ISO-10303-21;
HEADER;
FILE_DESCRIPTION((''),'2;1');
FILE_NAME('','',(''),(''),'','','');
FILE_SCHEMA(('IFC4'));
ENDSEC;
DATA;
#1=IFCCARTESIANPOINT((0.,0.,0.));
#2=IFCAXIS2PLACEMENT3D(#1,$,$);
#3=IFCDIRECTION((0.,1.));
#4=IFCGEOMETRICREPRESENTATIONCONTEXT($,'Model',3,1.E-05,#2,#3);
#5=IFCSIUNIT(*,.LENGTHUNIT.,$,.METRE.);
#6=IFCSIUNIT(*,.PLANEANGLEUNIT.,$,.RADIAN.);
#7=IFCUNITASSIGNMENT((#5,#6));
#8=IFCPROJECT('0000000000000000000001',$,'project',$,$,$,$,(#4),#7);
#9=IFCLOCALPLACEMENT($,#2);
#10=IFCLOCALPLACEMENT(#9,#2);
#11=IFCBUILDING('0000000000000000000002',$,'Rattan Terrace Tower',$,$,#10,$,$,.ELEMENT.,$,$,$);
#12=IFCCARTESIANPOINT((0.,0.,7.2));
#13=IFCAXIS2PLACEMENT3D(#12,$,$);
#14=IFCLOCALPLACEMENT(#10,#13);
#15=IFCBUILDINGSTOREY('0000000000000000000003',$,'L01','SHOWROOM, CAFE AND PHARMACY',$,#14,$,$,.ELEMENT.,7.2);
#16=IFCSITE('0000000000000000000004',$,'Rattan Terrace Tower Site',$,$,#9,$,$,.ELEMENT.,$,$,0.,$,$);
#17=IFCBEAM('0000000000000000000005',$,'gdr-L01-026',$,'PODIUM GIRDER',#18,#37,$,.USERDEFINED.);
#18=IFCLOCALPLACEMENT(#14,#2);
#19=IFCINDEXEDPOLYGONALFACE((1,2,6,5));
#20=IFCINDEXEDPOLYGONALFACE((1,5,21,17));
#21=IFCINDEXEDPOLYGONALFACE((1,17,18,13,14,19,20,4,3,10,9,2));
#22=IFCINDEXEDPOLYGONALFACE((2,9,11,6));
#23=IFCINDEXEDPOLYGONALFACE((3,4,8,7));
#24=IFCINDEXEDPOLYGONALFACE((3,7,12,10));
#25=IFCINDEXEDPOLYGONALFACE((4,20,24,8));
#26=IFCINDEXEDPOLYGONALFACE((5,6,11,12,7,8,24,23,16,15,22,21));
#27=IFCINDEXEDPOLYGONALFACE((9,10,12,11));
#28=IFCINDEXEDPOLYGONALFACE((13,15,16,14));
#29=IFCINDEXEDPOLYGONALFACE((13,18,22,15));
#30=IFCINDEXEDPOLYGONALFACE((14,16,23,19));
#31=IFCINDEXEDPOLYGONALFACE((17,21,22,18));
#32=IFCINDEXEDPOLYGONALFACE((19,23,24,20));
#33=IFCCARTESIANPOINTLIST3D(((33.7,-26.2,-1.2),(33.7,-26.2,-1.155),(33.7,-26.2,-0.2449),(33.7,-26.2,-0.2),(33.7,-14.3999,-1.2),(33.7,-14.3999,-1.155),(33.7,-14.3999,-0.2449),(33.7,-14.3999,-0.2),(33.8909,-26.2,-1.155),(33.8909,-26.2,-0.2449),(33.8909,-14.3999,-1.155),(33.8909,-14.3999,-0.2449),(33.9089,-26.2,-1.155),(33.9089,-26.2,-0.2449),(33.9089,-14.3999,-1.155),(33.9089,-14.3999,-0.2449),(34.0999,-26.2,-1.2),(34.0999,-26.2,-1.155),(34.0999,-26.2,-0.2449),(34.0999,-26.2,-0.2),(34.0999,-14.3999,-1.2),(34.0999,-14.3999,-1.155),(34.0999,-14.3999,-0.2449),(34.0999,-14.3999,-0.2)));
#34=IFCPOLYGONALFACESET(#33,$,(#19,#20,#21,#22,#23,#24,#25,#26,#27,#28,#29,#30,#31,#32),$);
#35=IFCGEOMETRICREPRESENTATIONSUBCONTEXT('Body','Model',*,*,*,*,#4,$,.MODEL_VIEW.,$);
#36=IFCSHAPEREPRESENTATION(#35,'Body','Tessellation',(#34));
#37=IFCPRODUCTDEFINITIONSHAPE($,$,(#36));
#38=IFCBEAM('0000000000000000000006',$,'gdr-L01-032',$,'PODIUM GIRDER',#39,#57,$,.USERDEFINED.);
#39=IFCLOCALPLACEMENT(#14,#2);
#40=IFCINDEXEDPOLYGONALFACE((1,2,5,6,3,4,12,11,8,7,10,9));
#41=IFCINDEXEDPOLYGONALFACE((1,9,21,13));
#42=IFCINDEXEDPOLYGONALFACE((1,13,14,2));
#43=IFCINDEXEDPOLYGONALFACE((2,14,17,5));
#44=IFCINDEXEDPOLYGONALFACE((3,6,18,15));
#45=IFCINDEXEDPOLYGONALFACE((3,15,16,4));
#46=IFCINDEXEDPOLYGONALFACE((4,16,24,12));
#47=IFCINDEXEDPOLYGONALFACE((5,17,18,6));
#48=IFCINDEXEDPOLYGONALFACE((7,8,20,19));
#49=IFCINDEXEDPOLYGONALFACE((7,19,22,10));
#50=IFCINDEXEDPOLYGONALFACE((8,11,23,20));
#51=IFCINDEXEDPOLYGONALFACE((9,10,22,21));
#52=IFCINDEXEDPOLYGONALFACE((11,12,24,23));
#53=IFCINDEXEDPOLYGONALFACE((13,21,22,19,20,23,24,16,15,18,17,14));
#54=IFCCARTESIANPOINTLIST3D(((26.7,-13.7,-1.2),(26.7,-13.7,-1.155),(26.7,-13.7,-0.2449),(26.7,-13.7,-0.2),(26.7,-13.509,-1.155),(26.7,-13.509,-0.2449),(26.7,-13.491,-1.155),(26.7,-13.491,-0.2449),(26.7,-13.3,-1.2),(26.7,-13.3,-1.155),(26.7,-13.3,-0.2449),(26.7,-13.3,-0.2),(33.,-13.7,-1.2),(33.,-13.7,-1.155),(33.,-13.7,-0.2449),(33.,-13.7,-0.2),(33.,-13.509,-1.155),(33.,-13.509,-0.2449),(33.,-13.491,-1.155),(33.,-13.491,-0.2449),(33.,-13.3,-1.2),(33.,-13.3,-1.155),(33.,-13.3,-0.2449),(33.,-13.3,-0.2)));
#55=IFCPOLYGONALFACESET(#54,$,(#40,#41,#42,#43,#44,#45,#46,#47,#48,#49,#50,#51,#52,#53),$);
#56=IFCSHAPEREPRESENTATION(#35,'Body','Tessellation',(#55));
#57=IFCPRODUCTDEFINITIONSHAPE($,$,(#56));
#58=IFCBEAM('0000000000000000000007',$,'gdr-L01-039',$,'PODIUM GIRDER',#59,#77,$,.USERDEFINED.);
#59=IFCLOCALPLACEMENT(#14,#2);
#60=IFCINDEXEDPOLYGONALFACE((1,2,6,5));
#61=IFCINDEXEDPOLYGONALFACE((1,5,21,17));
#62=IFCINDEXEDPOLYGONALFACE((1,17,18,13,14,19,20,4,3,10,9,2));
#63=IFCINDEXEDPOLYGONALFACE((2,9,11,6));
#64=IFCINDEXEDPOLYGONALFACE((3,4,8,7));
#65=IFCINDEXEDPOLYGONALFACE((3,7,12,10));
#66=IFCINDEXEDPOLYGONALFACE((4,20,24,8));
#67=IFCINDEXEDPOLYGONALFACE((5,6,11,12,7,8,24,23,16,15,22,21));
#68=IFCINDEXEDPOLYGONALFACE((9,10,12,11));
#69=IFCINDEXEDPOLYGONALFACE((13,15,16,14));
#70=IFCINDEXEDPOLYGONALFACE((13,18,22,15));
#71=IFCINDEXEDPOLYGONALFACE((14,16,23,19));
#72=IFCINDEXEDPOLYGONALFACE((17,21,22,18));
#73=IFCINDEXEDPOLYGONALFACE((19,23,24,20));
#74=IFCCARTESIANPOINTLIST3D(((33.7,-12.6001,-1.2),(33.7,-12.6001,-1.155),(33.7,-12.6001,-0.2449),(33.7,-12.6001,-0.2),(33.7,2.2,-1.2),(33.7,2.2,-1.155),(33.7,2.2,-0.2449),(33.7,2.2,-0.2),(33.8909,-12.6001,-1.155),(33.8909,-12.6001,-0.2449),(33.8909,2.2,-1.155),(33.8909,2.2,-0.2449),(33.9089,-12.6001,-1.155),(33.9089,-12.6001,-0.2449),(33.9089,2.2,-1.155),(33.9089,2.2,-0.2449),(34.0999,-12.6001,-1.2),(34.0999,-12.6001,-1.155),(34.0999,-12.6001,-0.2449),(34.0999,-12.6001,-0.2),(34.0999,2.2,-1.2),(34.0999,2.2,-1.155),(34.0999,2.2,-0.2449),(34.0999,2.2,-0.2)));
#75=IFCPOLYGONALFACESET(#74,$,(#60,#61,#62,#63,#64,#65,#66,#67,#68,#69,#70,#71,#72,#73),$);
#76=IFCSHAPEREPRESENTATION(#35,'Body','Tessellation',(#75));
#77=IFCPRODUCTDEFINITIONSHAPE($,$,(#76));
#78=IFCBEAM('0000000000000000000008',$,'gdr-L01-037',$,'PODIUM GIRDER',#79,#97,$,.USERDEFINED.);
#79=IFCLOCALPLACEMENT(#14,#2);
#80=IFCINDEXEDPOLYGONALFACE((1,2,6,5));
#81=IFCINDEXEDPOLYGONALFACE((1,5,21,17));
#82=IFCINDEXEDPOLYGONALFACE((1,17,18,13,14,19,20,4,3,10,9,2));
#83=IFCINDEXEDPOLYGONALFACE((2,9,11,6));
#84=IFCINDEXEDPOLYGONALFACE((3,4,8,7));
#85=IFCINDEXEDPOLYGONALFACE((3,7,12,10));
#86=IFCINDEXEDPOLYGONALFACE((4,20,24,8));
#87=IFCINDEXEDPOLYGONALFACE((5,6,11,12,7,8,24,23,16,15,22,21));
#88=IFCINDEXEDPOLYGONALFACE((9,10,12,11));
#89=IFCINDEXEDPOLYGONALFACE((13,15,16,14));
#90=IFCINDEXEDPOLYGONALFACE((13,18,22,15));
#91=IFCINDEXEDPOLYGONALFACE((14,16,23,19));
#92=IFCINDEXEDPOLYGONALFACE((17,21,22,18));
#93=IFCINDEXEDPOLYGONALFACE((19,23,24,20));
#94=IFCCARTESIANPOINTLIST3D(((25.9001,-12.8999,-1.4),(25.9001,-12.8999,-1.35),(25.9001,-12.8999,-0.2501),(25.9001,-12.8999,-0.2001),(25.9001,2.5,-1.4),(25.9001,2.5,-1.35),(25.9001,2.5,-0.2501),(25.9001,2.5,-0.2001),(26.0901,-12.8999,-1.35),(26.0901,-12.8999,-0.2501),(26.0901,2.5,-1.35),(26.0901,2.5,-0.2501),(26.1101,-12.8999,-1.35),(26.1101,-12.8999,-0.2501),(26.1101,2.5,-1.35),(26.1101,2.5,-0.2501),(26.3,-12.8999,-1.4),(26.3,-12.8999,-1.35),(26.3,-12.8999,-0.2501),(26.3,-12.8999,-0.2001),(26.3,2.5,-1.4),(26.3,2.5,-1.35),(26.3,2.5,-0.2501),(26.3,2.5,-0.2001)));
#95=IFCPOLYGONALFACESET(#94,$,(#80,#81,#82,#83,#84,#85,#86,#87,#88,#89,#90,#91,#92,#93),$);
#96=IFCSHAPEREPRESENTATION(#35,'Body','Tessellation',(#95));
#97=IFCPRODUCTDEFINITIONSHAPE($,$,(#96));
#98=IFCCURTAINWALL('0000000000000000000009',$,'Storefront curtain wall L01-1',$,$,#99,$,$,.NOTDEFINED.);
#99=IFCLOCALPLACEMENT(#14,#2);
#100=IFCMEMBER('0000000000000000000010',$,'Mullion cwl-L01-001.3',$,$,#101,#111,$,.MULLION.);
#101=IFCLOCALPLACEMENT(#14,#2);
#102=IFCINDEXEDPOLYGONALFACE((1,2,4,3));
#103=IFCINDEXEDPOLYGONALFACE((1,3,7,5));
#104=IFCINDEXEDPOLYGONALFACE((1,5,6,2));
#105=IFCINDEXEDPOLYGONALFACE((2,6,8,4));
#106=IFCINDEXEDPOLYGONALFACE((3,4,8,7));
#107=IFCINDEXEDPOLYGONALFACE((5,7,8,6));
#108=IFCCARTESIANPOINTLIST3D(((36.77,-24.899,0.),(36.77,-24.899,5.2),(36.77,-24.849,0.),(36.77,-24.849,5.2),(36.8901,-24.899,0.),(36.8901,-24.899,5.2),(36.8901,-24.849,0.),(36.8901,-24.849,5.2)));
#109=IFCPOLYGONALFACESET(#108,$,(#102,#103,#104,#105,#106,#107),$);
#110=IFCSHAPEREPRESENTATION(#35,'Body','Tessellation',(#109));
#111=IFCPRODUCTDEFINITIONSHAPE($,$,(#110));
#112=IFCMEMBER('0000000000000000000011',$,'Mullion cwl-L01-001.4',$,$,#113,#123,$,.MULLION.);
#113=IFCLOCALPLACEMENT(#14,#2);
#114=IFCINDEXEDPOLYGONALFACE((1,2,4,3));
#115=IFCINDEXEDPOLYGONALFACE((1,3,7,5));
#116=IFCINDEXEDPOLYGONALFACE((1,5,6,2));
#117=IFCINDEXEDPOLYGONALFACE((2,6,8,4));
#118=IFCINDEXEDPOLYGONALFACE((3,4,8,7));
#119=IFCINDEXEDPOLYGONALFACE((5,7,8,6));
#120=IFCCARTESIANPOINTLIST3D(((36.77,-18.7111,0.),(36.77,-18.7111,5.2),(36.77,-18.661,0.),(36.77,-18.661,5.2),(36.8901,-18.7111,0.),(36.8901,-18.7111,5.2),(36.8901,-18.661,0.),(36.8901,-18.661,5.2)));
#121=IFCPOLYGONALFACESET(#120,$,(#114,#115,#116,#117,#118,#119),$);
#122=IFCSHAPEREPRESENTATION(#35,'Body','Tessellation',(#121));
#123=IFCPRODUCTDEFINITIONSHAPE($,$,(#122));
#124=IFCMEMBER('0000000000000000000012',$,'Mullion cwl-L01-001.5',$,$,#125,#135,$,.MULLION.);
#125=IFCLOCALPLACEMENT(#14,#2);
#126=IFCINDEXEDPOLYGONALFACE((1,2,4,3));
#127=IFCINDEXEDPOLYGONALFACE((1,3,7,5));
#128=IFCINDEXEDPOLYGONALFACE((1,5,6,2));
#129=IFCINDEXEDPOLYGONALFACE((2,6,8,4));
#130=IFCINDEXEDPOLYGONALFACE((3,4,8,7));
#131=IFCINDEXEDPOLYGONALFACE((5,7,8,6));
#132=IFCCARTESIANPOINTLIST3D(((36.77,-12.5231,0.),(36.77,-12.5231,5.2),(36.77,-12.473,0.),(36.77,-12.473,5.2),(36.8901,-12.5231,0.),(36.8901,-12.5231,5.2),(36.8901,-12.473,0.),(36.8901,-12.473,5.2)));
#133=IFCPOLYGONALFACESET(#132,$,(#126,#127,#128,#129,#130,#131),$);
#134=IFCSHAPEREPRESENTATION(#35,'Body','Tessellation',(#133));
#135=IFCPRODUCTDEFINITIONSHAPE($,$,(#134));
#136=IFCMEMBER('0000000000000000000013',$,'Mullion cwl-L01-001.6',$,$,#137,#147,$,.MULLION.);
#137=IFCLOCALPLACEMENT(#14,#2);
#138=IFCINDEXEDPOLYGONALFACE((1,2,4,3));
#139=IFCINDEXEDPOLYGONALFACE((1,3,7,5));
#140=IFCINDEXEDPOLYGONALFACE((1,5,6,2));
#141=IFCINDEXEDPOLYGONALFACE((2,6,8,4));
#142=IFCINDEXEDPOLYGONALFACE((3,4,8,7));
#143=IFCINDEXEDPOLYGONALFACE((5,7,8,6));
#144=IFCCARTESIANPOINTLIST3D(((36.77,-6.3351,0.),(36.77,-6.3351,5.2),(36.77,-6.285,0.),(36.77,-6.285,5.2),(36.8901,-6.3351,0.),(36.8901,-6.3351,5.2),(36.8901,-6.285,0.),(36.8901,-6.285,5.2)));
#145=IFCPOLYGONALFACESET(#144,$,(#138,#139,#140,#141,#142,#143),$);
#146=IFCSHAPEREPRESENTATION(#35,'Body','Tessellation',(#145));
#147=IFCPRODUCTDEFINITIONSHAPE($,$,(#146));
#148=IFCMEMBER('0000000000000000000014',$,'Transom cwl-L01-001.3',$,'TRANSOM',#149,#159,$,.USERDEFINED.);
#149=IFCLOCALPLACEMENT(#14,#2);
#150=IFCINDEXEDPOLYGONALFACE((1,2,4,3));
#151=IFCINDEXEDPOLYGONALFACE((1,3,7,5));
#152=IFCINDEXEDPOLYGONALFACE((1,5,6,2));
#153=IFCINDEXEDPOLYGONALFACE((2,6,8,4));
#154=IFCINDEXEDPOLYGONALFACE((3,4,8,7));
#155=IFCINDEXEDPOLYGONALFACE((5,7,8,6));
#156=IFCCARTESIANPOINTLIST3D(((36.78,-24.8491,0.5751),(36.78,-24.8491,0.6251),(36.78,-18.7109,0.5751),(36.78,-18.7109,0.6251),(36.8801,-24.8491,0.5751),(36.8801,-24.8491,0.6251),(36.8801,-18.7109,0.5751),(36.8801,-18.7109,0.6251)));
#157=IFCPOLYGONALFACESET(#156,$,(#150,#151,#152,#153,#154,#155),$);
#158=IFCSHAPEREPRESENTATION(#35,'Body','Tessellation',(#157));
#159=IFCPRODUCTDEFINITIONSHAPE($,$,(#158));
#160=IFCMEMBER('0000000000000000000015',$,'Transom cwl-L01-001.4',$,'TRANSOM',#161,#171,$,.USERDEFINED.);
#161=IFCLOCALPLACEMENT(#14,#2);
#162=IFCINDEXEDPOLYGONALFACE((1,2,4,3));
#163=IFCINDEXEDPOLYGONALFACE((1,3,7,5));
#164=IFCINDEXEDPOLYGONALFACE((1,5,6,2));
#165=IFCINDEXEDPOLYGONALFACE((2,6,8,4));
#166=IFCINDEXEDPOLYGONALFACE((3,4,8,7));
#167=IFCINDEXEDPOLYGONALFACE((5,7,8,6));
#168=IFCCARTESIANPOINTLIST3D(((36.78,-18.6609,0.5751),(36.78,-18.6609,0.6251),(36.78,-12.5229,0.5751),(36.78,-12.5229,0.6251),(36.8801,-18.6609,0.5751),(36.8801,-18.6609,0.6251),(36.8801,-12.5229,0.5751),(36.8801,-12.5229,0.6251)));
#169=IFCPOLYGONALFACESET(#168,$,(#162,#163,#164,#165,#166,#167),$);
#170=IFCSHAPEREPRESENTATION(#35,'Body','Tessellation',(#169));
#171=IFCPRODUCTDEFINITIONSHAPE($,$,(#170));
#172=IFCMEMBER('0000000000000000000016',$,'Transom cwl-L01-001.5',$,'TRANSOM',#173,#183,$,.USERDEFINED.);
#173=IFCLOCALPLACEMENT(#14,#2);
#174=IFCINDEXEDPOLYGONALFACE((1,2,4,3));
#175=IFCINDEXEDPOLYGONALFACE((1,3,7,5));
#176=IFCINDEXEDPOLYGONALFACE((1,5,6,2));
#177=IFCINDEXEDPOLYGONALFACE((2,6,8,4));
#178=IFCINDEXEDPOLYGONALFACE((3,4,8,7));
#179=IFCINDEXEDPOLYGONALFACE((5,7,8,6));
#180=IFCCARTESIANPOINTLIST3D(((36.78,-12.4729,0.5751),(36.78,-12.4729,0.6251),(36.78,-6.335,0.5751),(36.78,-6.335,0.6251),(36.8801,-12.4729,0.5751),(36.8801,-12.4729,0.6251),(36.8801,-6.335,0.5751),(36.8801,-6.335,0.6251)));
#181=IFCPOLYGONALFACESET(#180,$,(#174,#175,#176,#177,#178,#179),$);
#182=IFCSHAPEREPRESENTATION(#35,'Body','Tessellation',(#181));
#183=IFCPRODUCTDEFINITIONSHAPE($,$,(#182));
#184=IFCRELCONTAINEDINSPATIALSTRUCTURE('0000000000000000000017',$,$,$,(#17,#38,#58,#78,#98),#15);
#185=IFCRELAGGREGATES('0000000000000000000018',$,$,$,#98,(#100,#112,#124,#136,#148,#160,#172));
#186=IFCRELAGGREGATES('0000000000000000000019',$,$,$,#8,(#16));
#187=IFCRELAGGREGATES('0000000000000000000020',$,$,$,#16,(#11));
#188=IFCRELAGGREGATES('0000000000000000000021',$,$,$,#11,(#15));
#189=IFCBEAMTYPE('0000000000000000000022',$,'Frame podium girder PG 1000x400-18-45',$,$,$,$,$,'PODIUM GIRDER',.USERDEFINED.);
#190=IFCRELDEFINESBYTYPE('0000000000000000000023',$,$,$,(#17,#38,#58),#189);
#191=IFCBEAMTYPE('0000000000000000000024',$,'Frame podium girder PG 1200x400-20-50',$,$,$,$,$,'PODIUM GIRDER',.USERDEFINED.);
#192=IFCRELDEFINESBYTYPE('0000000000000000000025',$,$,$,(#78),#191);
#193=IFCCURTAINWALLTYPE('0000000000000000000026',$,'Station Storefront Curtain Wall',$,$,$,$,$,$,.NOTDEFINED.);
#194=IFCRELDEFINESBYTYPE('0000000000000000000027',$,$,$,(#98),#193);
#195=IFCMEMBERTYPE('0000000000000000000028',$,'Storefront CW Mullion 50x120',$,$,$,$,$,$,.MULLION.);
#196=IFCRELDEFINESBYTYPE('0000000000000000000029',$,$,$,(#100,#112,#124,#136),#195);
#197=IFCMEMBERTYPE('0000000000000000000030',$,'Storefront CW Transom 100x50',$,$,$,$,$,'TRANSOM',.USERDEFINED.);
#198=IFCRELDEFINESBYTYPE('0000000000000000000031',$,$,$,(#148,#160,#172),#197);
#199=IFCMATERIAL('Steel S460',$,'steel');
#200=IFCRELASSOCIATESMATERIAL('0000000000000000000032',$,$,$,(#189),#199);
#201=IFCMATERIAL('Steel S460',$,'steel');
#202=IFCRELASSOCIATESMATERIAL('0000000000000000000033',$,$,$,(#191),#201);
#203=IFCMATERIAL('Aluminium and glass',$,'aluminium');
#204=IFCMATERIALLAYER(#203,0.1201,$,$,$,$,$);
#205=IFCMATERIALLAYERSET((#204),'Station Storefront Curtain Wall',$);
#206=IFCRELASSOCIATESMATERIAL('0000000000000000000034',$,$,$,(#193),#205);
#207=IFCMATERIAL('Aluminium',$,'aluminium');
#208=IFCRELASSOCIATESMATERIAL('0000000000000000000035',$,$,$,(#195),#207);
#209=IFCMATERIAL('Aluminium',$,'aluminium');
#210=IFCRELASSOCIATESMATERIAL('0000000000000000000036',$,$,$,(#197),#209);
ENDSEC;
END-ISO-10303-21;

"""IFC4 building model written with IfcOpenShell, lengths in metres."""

from ifc_helpers import new_model, si_unit, direction, frame, origin, origin_2d, place, context, subcontext, project, spatial, rectangle, i_section, extrude, material, layer, layer_set, material_profile, profile_set, type_object, element, aggregate, save


model = new_model("IFC4")

# Units and contexts
model_context = context("Model", 3, precision=1e-05, world=origin(), true_north=direction((0.0, 1.0)))
body_context = subcontext(model_context, "Body", "Model", "MODEL_VIEW")
ifc_project = project(units=[si_unit("LENGTHUNIT", "METRE"), si_unit("PLANEANGLEUNIT", "RADIAN")], contexts=[model_context])

# Site, building, storey
site_placement = place(None, origin())
site = spatial("IfcSite", under=ifc_project, at=site_placement, Name="Rattan Terrace Tower Site", CompositionType="ELEMENT", RefElevation=0.0)
building_placement = place(site_placement, origin())
building = spatial("IfcBuilding", under=site, at=building_placement, Name="Rattan Terrace Tower", CompositionType="ELEMENT")
storey_placement = place(building_placement, frame((0.0, 0.0, 7.2)))
storey = spatial("IfcBuildingStorey", under=building, at=storey_placement, Name="L01", Description="SHOWROOM, CAFE AND PHARMACY", CompositionType="ELEMENT", Elevation=7.2)

# Beams
ifc_material_1 = material(Name="Steel S460", Category="steel")
ifc_material_profile_1 = material_profile(ifc_material_1, i_section(OverallWidth=0.3999, OverallDepth=1.0, WebThickness=0.0181, FlangeThickness=0.0449, at=origin_2d()), Name="PG 1000x400-18-45")
ifc_profile_set_1 = profile_set([ifc_material_profile_1], Name="Steel S460")
beam_type_1 = type_object("IfcBeamType", Name="Frame podium girder PG 1000x400-18-45", ElementType="PODIUM GIRDER", PredefinedType="USERDEFINED", material=ifc_profile_set_1)
beam_1_placement = place(storey_placement, frame((33.8999, -26.2, -0.7), z_axis=(0.0, 1.0, 0.0), x_axis=(-1.0, 0.0, 0.0)))
element("IfcBeam", 1, at=beam_1_placement, inside=storey, type_object=beam_type_1, Name="gdr-L01-026", ObjectType="PODIUM GIRDER", PredefinedType="USERDEFINED", context=body_context, shape_type="SweptSolid", body=[
    extrude(i_section(OverallWidth=0.3999, OverallDepth=1.0, WebThickness=0.0181, FlangeThickness=0.0449, at=origin_2d()), origin(), (0.0, 0.0, 1.0), 11.8),
])
beam_2_placement = place(storey_placement, frame((26.7, -13.5, -0.7), z_axis=(1.0, 0.0, 0.0), x_axis=(0.0, 1.0, 0.0)))
element("IfcBeam", 2, at=beam_2_placement, inside=storey, type_object=beam_type_1, Name="gdr-L01-032", ObjectType="PODIUM GIRDER", PredefinedType="USERDEFINED", context=body_context, shape_type="SweptSolid", body=[
    extrude(i_section(OverallWidth=0.3999, OverallDepth=1.0, WebThickness=0.0181, FlangeThickness=0.0449, at=origin_2d()), origin(), (0.0, 0.0, 1.0), 6.3),
])
beam_3_placement = place(storey_placement, frame((33.8999, -12.6001, -0.7), z_axis=(0.0, 1.0, 0.0), x_axis=(-1.0, 0.0, 0.0)))
element("IfcBeam", 3, at=beam_3_placement, inside=storey, type_object=beam_type_1, Name="gdr-L01-039", ObjectType="PODIUM GIRDER", PredefinedType="USERDEFINED", context=body_context, shape_type="SweptSolid", body=[
    extrude(i_section(OverallWidth=0.3999, OverallDepth=1.0, WebThickness=0.0181, FlangeThickness=0.0449, at=origin_2d()), origin(), (0.0, 0.0, 1.0), 14.8),
])
ifc_material_2 = material(Name="Steel S460", Category="steel")
ifc_material_profile_2 = material_profile(ifc_material_2, i_section(OverallWidth=0.3999, OverallDepth=1.2, WebThickness=0.02, FlangeThickness=0.05, at=origin_2d()), Name="PG 1200x400-20-50")
ifc_profile_set_2 = profile_set([ifc_material_profile_2], Name="Steel S460")
beam_type_2 = type_object("IfcBeamType", Name="Frame podium girder PG 1200x400-20-50", ElementType="PODIUM GIRDER", PredefinedType="USERDEFINED", material=ifc_profile_set_2)
beam_4_placement = place(storey_placement, frame((26.1001, -12.8999, -0.8), z_axis=(0.0, 1.0, 0.0), x_axis=(-1.0, 0.0, 0.0)))
element("IfcBeam", 4, at=beam_4_placement, inside=storey, type_object=beam_type_2, Name="gdr-L01-037", ObjectType="PODIUM GIRDER", PredefinedType="USERDEFINED", context=body_context, shape_type="SweptSolid", body=[
    extrude(i_section(OverallWidth=0.3999, OverallDepth=1.2, WebThickness=0.02, FlangeThickness=0.05, at=origin_2d()), origin(), (0.0, 0.0, 1.0), 15.3999),
])

# Curtain wall, members
ifc_material_3 = material(Name="Aluminium and glass", Category="aluminium")
ifc_layer_1 = layer(ifc_material_3, 0.1201)
ifc_layer_set_1 = layer_set([ifc_layer_1], Name="Station Storefront Curtain Wall")
curtain_wall_type = type_object("IfcCurtainWallType", Name="Station Storefront Curtain Wall", PredefinedType="NOTDEFINED", material=ifc_layer_set_1)
curtain_wall_placement = place(storey_placement, origin())
curtain_wall = element("IfcCurtainWall", 5, at=curtain_wall_placement, inside=storey, type_object=curtain_wall_type, Name="Storefront curtain wall L01-1", PredefinedType="NOTDEFINED")
ifc_material_4 = material(Name="Aluminium", Category="aluminium")
ifc_material_profile_3 = material_profile(ifc_material_4, rectangle(XDim=0.05, YDim=0.1201, at=origin_2d()), Name="Aluminium 50x120")
ifc_profile_set_3 = profile_set([ifc_material_profile_3], Name="Aluminium")
member_type_1 = type_object("IfcMemberType", Name="Storefront CW Mullion 50x120", PredefinedType="MULLION", material=ifc_profile_set_3)
member_1_placement = place(storey_placement, frame((36.8301, -24.874, 0.0), z_axis=(0.0, 0.0, 1.0), x_axis=(0.0, 1.0, 0.0)))
member_1 = element("IfcMember", 6, at=member_1_placement, type_object=member_type_1, Name="Mullion cwl-L01-001.3", PredefinedType="MULLION", context=body_context, shape_type="SweptSolid", body=[
    extrude(rectangle(XDim=0.05, YDim=0.1201, at=origin_2d()), origin(), (0.0, 0.0, 1.0), 5.2),
])
member_2_placement = place(storey_placement, frame((36.8301, -18.686, 0.0), z_axis=(0.0, 0.0, 1.0), x_axis=(0.0, 1.0, 0.0)))
member_2 = element("IfcMember", 7, at=member_2_placement, type_object=member_type_1, Name="Mullion cwl-L01-001.4", PredefinedType="MULLION", context=body_context, shape_type="SweptSolid", body=[
    extrude(rectangle(XDim=0.05, YDim=0.1201, at=origin_2d()), origin(), (0.0, 0.0, 1.0), 5.2),
])
member_3_placement = place(storey_placement, frame((36.8301, -12.498, 0.0), z_axis=(0.0, 0.0, 1.0), x_axis=(0.0, 1.0, 0.0)))
member_3 = element("IfcMember", 8, at=member_3_placement, type_object=member_type_1, Name="Mullion cwl-L01-001.5", PredefinedType="MULLION", context=body_context, shape_type="SweptSolid", body=[
    extrude(rectangle(XDim=0.05, YDim=0.1201, at=origin_2d()), origin(), (0.0, 0.0, 1.0), 5.2),
])
member_4_placement = place(storey_placement, frame((36.8301, -6.3101, 0.0), z_axis=(0.0, 0.0, 1.0), x_axis=(0.0, 1.0, 0.0)))
member_4 = element("IfcMember", 9, at=member_4_placement, type_object=member_type_1, Name="Mullion cwl-L01-001.6", PredefinedType="MULLION", context=body_context, shape_type="SweptSolid", body=[
    extrude(rectangle(XDim=0.05, YDim=0.1201, at=origin_2d()), origin(), (0.0, 0.0, 1.0), 5.2),
])
ifc_material_5 = material(Name="Aluminium", Category="aluminium")
ifc_material_profile_4 = material_profile(ifc_material_5, rectangle(XDim=0.1001, YDim=0.05, at=origin_2d()), Name="Aluminium 100x50")
ifc_profile_set_4 = profile_set([ifc_material_profile_4], Name="Aluminium")
member_type_2 = type_object("IfcMemberType", Name="Storefront CW Transom 100x50", ElementType="TRANSOM", PredefinedType="USERDEFINED", material=ifc_profile_set_4)
member_5_placement = place(storey_placement, frame((36.8301, -24.8491, 0.6001), z_axis=(0.0, 1.0, 0.0), x_axis=(-1.0, 0.0, 0.0)))
member_5 = element("IfcMember", 10, at=member_5_placement, type_object=member_type_2, Name="Transom cwl-L01-001.3", ObjectType="TRANSOM", PredefinedType="USERDEFINED", context=body_context, shape_type="SweptSolid", body=[
    extrude(rectangle(XDim=0.1001, YDim=0.05, at=origin_2d()), origin(), (0.0, 0.0, 1.0), 6.1382),
])
member_6_placement = place(storey_placement, frame((36.8301, -18.6609, 0.6001), z_axis=(0.0, 1.0, 0.0), x_axis=(-1.0, 0.0, 0.0)))
member_6 = element("IfcMember", 11, at=member_6_placement, type_object=member_type_2, Name="Transom cwl-L01-001.4", ObjectType="TRANSOM", PredefinedType="USERDEFINED", context=body_context, shape_type="SweptSolid", body=[
    extrude(rectangle(XDim=0.1001, YDim=0.05, at=origin_2d()), origin(), (0.0, 0.0, 1.0), 6.1379),
])
member_7_placement = place(storey_placement, frame((36.8301, -12.4729, 0.6001), z_axis=(0.0, 1.0, 0.0), x_axis=(-1.0, 0.0, 0.0)))
member_7 = element("IfcMember", 12, at=member_7_placement, type_object=member_type_2, Name="Transom cwl-L01-001.5", ObjectType="TRANSOM", PredefinedType="USERDEFINED", context=body_context, shape_type="SweptSolid", body=[
    extrude(rectangle(XDim=0.1001, YDim=0.05, at=origin_2d()), origin(), (0.0, 0.0, 1.0), 6.1379),
])
aggregate(curtain_wall, [member_1, member_2, member_3, member_4, member_5, member_6, member_7])

save(model, "model.ifc")
